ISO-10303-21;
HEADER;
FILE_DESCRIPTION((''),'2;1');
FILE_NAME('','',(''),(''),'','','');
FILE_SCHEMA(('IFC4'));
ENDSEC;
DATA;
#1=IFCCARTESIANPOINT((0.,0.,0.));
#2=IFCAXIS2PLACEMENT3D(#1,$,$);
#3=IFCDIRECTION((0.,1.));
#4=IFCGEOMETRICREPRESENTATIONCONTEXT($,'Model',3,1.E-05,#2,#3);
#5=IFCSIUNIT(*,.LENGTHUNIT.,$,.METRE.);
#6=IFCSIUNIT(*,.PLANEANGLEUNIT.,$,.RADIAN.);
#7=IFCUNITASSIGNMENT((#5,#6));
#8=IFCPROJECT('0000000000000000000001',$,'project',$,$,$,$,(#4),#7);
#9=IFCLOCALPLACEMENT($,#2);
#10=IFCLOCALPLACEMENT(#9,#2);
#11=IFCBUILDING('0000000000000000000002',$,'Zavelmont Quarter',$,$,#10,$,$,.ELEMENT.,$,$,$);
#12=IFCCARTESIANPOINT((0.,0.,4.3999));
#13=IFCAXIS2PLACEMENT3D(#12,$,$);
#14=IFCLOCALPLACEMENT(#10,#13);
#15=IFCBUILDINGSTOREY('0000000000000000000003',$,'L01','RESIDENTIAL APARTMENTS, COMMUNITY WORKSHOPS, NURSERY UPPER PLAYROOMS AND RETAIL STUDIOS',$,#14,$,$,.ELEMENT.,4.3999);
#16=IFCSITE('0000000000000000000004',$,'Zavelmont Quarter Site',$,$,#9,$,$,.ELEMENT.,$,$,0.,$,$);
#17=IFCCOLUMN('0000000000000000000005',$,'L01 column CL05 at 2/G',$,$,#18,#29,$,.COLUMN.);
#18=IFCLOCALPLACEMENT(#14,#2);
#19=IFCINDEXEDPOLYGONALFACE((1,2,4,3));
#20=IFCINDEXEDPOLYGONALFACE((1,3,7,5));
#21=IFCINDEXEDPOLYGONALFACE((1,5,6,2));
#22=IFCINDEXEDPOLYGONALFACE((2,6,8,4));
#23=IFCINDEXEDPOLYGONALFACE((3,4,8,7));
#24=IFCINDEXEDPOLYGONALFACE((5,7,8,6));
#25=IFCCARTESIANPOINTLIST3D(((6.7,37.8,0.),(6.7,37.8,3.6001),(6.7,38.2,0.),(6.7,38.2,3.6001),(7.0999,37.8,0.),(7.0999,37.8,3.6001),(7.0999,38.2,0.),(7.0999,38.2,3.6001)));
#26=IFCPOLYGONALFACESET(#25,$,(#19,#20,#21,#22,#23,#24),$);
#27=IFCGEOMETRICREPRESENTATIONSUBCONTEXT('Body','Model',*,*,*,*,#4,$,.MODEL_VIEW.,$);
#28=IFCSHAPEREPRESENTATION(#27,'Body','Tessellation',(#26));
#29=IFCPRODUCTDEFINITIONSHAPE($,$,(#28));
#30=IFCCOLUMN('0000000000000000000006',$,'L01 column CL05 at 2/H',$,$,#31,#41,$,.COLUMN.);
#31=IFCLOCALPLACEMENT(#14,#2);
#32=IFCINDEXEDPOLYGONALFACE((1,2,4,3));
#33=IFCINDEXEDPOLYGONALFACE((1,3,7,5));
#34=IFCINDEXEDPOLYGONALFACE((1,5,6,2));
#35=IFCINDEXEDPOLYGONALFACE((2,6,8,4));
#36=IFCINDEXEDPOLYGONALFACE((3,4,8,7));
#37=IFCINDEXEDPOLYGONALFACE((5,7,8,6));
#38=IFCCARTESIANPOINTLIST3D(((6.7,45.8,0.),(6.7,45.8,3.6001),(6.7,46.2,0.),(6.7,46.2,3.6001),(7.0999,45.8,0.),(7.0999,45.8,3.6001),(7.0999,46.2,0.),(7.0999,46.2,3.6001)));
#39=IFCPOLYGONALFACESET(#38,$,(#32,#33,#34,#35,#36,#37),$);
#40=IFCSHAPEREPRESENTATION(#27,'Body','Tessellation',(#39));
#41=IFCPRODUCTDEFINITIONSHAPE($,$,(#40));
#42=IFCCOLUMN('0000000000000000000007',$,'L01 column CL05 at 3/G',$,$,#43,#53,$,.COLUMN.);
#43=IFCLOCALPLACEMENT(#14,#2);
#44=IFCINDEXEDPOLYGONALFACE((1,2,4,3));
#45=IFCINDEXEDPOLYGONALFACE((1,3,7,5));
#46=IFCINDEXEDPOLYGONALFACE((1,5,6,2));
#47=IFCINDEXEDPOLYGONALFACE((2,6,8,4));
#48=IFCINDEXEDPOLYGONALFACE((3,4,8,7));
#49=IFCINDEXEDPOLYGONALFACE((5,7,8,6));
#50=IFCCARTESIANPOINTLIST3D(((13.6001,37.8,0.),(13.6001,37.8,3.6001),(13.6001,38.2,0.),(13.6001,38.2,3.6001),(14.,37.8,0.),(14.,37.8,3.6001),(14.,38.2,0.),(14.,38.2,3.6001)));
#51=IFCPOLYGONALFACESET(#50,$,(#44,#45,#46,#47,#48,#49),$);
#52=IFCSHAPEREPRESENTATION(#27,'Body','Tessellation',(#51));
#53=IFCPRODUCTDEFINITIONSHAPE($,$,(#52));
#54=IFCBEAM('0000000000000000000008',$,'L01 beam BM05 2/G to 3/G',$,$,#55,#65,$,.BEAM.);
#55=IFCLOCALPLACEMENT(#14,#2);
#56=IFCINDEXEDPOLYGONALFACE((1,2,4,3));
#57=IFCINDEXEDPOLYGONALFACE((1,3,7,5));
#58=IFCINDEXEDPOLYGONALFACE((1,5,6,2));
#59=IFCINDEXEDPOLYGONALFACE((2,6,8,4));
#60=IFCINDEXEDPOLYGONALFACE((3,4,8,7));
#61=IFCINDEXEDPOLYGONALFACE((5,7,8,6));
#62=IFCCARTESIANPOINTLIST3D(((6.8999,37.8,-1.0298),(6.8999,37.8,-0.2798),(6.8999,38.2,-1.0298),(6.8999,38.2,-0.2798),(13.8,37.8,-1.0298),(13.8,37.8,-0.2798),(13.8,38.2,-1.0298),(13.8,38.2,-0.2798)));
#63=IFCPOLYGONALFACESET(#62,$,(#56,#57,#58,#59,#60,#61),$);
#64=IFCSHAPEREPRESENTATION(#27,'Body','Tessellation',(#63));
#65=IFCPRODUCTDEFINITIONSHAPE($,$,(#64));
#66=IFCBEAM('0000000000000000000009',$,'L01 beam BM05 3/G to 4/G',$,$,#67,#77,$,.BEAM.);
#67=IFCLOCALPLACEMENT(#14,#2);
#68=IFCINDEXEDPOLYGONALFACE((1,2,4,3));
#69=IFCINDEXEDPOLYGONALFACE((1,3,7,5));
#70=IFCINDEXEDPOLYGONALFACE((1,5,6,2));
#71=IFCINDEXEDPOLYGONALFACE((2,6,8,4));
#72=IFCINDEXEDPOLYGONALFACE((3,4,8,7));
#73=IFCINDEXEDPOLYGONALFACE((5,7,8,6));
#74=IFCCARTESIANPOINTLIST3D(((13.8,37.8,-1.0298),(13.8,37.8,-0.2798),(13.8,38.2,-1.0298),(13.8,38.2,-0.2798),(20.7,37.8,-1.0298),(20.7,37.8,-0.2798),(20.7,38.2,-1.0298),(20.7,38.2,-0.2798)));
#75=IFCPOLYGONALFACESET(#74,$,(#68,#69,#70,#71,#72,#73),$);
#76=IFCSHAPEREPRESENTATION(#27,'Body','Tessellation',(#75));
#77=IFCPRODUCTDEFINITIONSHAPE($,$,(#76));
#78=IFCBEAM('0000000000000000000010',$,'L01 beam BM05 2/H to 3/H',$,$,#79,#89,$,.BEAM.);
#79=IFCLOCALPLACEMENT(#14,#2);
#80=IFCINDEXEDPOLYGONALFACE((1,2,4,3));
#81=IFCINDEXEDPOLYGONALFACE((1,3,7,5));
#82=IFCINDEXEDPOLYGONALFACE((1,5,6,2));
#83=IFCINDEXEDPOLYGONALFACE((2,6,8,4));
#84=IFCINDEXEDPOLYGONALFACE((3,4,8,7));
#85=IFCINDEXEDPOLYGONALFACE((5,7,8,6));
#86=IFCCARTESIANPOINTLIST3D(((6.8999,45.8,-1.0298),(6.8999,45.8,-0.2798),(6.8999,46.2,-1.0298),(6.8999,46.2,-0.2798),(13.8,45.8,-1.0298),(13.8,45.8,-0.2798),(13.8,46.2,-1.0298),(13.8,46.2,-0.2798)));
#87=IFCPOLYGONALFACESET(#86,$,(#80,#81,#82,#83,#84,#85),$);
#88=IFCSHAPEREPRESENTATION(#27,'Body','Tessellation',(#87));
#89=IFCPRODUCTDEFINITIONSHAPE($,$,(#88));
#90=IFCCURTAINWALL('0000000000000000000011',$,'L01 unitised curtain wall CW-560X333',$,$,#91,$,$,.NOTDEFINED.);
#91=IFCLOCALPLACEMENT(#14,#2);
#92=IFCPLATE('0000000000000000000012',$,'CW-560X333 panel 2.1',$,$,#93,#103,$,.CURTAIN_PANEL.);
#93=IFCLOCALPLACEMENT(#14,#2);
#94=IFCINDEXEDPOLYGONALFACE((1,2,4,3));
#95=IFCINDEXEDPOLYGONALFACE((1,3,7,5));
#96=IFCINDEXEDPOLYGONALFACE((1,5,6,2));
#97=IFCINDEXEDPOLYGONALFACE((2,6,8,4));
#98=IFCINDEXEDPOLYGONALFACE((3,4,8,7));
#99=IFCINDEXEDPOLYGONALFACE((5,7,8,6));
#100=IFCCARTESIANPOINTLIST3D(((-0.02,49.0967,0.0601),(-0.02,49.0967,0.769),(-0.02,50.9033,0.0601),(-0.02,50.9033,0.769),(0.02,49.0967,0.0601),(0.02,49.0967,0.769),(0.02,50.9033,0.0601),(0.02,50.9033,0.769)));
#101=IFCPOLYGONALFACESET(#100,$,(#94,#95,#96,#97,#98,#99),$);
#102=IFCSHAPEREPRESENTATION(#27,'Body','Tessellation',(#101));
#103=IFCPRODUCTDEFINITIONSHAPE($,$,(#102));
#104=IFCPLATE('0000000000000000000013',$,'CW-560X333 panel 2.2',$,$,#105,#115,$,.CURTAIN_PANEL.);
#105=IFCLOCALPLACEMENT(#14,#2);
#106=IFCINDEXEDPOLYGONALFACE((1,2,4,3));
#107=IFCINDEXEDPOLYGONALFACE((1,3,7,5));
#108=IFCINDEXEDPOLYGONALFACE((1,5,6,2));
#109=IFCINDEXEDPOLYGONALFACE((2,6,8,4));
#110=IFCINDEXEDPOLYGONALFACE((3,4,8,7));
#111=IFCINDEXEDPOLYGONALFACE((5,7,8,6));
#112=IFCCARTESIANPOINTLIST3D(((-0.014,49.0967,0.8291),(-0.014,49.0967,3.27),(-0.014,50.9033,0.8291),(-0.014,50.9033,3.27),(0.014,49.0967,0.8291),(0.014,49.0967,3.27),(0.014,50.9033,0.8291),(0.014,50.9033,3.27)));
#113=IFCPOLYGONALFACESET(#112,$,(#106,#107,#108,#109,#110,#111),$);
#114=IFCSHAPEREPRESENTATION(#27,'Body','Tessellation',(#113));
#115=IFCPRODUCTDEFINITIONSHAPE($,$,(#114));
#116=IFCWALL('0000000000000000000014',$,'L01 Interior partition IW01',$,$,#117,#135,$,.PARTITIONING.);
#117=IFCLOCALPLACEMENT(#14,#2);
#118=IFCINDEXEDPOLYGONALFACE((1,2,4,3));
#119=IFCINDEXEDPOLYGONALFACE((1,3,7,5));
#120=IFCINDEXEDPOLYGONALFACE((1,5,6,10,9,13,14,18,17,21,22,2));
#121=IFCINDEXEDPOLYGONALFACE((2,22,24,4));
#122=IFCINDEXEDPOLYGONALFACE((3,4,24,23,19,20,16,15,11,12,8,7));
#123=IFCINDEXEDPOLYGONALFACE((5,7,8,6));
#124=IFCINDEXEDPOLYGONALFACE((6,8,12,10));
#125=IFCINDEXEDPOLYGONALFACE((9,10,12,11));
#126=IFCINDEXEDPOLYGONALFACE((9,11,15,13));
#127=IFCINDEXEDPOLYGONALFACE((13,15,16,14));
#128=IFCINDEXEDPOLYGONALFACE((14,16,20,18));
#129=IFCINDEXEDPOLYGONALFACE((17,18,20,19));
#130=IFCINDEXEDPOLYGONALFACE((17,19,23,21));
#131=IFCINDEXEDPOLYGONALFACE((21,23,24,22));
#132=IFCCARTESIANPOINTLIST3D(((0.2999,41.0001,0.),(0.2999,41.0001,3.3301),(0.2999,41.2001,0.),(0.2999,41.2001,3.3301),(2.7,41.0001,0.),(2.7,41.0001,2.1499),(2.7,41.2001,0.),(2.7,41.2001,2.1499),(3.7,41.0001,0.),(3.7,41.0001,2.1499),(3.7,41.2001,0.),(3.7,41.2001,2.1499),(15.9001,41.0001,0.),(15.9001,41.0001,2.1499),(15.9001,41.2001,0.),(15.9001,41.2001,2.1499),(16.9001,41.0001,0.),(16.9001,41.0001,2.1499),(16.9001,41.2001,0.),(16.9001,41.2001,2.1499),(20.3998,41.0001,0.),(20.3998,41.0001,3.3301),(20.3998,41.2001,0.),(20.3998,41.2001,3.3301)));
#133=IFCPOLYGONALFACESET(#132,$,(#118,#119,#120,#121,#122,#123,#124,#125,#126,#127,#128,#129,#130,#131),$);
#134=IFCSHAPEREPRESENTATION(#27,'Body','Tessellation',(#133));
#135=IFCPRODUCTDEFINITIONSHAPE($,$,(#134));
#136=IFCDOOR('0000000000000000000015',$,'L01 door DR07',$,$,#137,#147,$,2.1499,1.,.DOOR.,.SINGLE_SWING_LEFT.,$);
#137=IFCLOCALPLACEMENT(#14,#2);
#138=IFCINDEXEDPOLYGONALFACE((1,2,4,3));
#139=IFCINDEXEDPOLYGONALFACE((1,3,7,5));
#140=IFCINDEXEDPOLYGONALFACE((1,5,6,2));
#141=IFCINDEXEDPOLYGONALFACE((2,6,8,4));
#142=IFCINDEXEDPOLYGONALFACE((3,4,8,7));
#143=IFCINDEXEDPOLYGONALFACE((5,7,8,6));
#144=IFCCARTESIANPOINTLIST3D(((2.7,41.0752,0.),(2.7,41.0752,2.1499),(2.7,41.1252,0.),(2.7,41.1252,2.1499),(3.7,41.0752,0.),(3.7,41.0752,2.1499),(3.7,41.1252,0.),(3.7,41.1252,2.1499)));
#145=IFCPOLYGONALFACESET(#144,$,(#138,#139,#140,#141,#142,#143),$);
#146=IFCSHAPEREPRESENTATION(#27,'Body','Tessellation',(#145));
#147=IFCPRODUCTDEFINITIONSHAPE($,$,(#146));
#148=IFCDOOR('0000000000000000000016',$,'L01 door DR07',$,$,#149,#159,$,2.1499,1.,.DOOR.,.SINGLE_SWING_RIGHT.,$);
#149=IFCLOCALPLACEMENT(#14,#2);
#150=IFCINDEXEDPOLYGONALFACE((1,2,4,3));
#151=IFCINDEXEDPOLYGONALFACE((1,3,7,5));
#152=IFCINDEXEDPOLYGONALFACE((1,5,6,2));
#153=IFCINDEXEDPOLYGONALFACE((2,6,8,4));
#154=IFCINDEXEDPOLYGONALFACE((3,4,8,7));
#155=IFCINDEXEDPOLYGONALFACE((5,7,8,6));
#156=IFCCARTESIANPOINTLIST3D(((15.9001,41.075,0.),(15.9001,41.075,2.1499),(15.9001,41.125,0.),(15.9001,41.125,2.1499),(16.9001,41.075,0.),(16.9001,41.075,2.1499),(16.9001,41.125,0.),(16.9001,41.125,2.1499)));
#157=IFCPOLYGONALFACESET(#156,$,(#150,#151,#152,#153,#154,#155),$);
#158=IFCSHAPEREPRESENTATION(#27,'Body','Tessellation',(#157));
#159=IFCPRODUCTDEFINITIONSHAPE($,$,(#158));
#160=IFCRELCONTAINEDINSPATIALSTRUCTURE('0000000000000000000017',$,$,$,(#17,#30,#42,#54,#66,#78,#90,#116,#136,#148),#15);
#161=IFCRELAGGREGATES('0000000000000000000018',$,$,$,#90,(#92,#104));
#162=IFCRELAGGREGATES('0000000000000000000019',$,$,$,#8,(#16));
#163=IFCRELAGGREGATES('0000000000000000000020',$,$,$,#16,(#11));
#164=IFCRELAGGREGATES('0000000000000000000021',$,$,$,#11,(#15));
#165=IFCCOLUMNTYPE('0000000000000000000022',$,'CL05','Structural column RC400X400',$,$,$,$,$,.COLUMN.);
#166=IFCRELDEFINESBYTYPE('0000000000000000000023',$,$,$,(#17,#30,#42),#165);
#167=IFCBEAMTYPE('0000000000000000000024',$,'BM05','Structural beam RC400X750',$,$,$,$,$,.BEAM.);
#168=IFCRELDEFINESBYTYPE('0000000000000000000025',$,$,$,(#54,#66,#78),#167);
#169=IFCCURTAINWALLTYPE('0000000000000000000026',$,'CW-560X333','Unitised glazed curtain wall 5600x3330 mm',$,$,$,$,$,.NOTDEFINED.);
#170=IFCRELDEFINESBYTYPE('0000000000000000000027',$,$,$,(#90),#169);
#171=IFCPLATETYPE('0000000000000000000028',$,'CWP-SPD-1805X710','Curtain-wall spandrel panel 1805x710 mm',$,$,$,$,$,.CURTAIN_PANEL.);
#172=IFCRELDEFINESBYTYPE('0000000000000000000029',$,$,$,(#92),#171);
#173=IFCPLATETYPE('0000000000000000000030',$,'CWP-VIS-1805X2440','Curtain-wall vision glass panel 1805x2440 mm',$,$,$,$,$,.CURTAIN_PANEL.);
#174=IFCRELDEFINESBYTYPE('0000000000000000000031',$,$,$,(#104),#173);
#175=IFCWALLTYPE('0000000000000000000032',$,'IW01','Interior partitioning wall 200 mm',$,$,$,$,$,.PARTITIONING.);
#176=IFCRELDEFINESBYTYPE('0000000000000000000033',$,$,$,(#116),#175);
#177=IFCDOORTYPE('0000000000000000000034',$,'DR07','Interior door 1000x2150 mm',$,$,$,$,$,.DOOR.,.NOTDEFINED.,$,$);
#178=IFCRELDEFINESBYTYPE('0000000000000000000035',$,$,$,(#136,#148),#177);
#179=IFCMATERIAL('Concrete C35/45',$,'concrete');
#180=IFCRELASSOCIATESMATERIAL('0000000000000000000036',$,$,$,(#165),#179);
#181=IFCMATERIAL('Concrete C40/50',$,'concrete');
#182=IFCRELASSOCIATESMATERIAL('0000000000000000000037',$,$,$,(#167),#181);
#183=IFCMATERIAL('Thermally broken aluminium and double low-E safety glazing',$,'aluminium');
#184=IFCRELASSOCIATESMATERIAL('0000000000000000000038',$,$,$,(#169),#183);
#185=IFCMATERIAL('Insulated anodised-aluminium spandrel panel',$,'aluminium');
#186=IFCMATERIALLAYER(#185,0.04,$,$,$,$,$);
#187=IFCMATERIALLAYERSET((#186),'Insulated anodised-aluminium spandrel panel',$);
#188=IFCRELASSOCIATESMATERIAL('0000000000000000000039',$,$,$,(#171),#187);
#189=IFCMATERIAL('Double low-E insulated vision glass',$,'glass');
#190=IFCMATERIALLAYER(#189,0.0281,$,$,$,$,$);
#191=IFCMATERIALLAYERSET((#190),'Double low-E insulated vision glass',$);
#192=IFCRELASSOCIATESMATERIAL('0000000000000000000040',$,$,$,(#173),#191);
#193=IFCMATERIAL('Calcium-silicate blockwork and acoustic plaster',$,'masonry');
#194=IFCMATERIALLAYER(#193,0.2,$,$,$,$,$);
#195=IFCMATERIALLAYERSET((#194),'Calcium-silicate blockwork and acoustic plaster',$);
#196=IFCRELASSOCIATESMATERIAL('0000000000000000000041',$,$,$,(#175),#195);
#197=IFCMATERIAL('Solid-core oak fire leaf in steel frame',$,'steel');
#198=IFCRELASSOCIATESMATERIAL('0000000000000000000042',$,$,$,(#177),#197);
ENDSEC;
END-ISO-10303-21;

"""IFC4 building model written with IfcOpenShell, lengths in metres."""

from ifc_helpers import new_model, si_unit, direction, frame, frame_2d, origin, origin_with_axes, origin_2d, place, context, subcontext, project, spatial, rectangle, extrude, material, layer, layer_set, material_profile, profile_set, type_object, element, fill, aggregate, save


model = new_model("IFC4")

# Units and contexts
model_context = context("Model", 3, precision=1e-05, world=origin(), true_north=direction((0.0, 1.0)))
body_context = subcontext(model_context, "Body", "Model", "MODEL_VIEW")
ifc_project = project(units=[si_unit("LENGTHUNIT", "METRE"), si_unit("PLANEANGLEUNIT", "RADIAN")], contexts=[model_context])

# Site, building, storey
site_placement = place(None, origin())
site = spatial("IfcSite", under=ifc_project, at=site_placement, Name="Zavelmont Quarter Site", CompositionType="ELEMENT", RefElevation=0.0)
building_placement = place(site_placement, origin())
building = spatial("IfcBuilding", under=site, at=building_placement, Name="Zavelmont Quarter", CompositionType="ELEMENT")
storey_placement = place(building_placement, frame((0.0, 0.0, 4.3999)))
storey = spatial("IfcBuildingStorey", under=building, at=storey_placement, Name="L01", Description="RESIDENTIAL APARTMENTS, COMMUNITY WORKSHOPS, NURSERY UPPER PLAYROOMS AND RETAIL STUDIOS", CompositionType="ELEMENT", Elevation=4.3999)

# Columns
ifc_material_1 = material(Name="Concrete C35/45", Category="concrete")
ifc_material_profile_1 = material_profile(ifc_material_1, rectangle(XDim=0.3999, YDim=0.3999, at=origin_2d()), Name="RC400X400")
ifc_profile_set_1 = profile_set([ifc_material_profile_1], Name="Concrete C35/45")
column_type = type_object("IfcColumnType", Name="CL05", Description="Structural column RC400X400", PredefinedType="COLUMN", material=ifc_profile_set_1)
for number, where, z_axis, x_axis, name in (
    (1, (6.8999, 38.0, 0.0), (0.0, 0.0, 1.0), (1.0, 0.0, 0.0), "L01 column CL05 at 2/G"),
    (2, (6.8999, 46.0, 0.0), (0.0, 0.0, 1.0), (1.0, 0.0, 0.0), "L01 column CL05 at 2/H"),
    (3, (13.8, 38.0, 0.0), (0.0, 0.0, 1.0), (1.0, 0.0, 0.0), "L01 column CL05 at 3/G"),
):
    element("IfcColumn", number, at=place(storey_placement, frame(where, z_axis=z_axis, x_axis=x_axis)), inside=storey, type_object=column_type, Name=name, PredefinedType="COLUMN", context=body_context, shape_type="SweptSolid", body=[
        extrude(rectangle(XDim=0.3999, YDim=0.3999, at=origin_2d()), origin(), (0.0, 0.0, 1.0), 3.6001),
    ])

# Beams
ifc_material_2 = material(Name="Concrete C40/50", Category="concrete")
ifc_material_profile_2 = material_profile(ifc_material_2, rectangle(XDim=0.3999, YDim=0.75, at=origin_2d()), Name="RC400X750")
ifc_profile_set_2 = profile_set([ifc_material_profile_2], Name="Concrete C40/50")
beam_type = type_object("IfcBeamType", Name="BM05", Description="Structural beam RC400X750", PredefinedType="BEAM", material=ifc_profile_set_2)
beam_1_placement = place(storey_placement, frame((6.8999, 38.0, -0.6548), z_axis=(1.0, 0.0, 0.0), x_axis=(0.0, 1.0, 0.0)))
element("IfcBeam", 4, at=beam_1_placement, inside=storey, type_object=beam_type, Name="L01 beam BM05 2/G to 3/G", PredefinedType="BEAM", context=body_context, shape_type="SweptSolid", body=[
    extrude(rectangle(XDim=0.3999, YDim=0.75, at=origin_2d()), origin(), (0.0, 0.0, 1.0), 6.9001),
])
beam_2_placement = place(storey_placement, frame((13.8, 38.0, -0.6548), z_axis=(1.0, 0.0, 0.0), x_axis=(0.0, 1.0, 0.0)))
element("IfcBeam", 5, at=beam_2_placement, inside=storey, type_object=beam_type, Name="L01 beam BM05 3/G to 4/G", PredefinedType="BEAM", context=body_context, shape_type="SweptSolid", body=[
    extrude(rectangle(XDim=0.3999, YDim=0.75, at=origin_2d()), origin(), (0.0, 0.0, 1.0), 6.8999),
])
beam_3_placement = place(storey_placement, frame((6.8999, 46.0, -0.6548), z_axis=(1.0, 0.0, 0.0), x_axis=(0.0, 1.0, 0.0)))
element("IfcBeam", 6, at=beam_3_placement, inside=storey, type_object=beam_type, Name="L01 beam BM05 2/H to 3/H", PredefinedType="BEAM", context=body_context, shape_type="SweptSolid", body=[
    extrude(rectangle(XDim=0.3999, YDim=0.75, at=origin_2d()), origin(), (0.0, 0.0, 1.0), 6.9001),
])

# Curtain wall, plates
ifc_material_3 = material(Name="Thermally broken aluminium and double low-E safety glazing", Category="aluminium")
curtain_wall_type = type_object("IfcCurtainWallType", Name="CW-560X333", Description="Unitised glazed curtain wall 5600x3330 mm", PredefinedType="NOTDEFINED", material=ifc_material_3)
curtain_wall_placement = place(storey_placement, origin())
curtain_wall = element("IfcCurtainWall", 7, at=curtain_wall_placement, inside=storey, type_object=curtain_wall_type, Name="L01 unitised curtain wall CW-560X333", PredefinedType="NOTDEFINED")
ifc_material_4 = material(Name="Insulated anodised-aluminium spandrel panel", Category="aluminium")
ifc_layer_1 = layer(ifc_material_4, 0.04)
ifc_layer_set_1 = layer_set([ifc_layer_1], Name="Insulated anodised-aluminium spandrel panel")
plate_type_1 = type_object("IfcPlateType", Name="CWP-SPD-1805X710", Description="Curtain-wall spandrel panel 1805x710 mm", PredefinedType="CURTAIN_PANEL", material=ifc_layer_set_1)
plate_1_placement = place(storey_placement, frame((0.0, 50.0, 0.0601), z_axis=(0.0, 0.0, 1.0), x_axis=(0.0, 1.0, 0.0)))
plate_1 = element("IfcPlate", 8, at=plate_1_placement, type_object=plate_type_1, Name="CW-560X333 panel 2.1", PredefinedType="CURTAIN_PANEL", context=body_context, shape_type="SweptSolid", body=[
    extrude(rectangle(XDim=1.8066, YDim=0.04, at=origin_2d()), origin(), (0.0, 0.0, 1.0), 0.709),
])
ifc_material_5 = material(Name="Double low-E insulated vision glass", Category="glass")
ifc_layer_2 = layer(ifc_material_5, 0.0281)
ifc_layer_set_2 = layer_set([ifc_layer_2], Name="Double low-E insulated vision glass")
plate_type_2 = type_object("IfcPlateType", Name="CWP-VIS-1805X2440", Description="Curtain-wall vision glass panel 1805x2440 mm", PredefinedType="CURTAIN_PANEL", material=ifc_layer_set_2)
plate_2_placement = place(storey_placement, frame((0.0, 50.0, 0.8291), z_axis=(0.0, 0.0, 1.0), x_axis=(0.0, 1.0, 0.0)))
plate_2 = element("IfcPlate", 9, at=plate_2_placement, type_object=plate_type_2, Name="CW-560X333 panel 2.2", PredefinedType="CURTAIN_PANEL", context=body_context, shape_type="SweptSolid", body=[
    extrude(rectangle(XDim=1.8066, YDim=0.0281, at=origin_2d()), origin(), (0.0, 0.0, 1.0), 2.4409),
])
aggregate(curtain_wall, [plate_1, plate_2])

# Wall, openings, doors
ifc_material_6 = material(Name="Calcium-silicate blockwork and acoustic plaster", Category="masonry")
ifc_layer_3 = layer(ifc_material_6, 0.2)
ifc_layer_set_3 = layer_set([ifc_layer_3], Name="Calcium-silicate blockwork and acoustic plaster")
wall_type_1 = type_object("IfcWallType", Name="IW01", Description="Interior partitioning wall 200 mm", PredefinedType="PARTITIONING", material=ifc_layer_set_3)
wall_1_placement = place(storey_placement, frame((0.3, 41.1001, 0.0), z_axis=(0.0, 0.0, 1.0), x_axis=(1.0, 0.0, 0.0)))
wall_1 = element("IfcWall", 10, at=wall_1_placement, inside=storey, type_object=wall_type_1, Name="L01 Interior partition IW01", PredefinedType="PARTITIONING", context=body_context, shape_type="SweptSolid", body=[
    extrude(rectangle(XDim=20.0999, YDim=0.2, at=frame_2d((10.0498, 0.0))), origin(), (0.0, 0.0, 1.0), 3.3301),
])
opening_1_placement = place(wall_1_placement, frame((2.3999, 0.0, 0.0)))
opening_1 = element("IfcOpeningElement", 11, at=opening_1_placement, cuts=wall_1, PredefinedType="OPENING", context=body_context, shape_type="SweptSolid", body=[
    extrude(rectangle(XDim=1.0, YDim=2.1499, at=frame_2d((0.5, 1.075))), frame((0.0, 0.1118, 0.0), z_axis=(0.0, -1.0, 0.0), x_axis=(1.0, 0.0, 0.0)), (0.0, 0.0, 1.0), 0.2239),
])
opening_2_placement = place(wall_1_placement, frame((15.6001, 0.0, 0.0)))
opening_2 = element("IfcOpeningElement", 12, at=opening_2_placement, cuts=wall_1, PredefinedType="OPENING", context=body_context, shape_type="SweptSolid", body=[
    extrude(rectangle(XDim=1.0, YDim=2.1499, at=frame_2d((0.5, 1.075))), frame((0.0, 0.1118, 0.0), z_axis=(0.0, -1.0, 0.0), x_axis=(1.0, 0.0, 0.0)), (0.0, 0.0, 1.0), 0.2239),
])
ifc_material_7 = material(Name="Solid-core oak fire leaf in steel frame", Category="steel")
door_type_1 = type_object("IfcDoorType", Name="DR07", Description="Interior door 1000x2150 mm", OperationType="NOTDEFINED", PredefinedType="DOOR", material=ifc_material_7)
door_1_placement = place(opening_1_placement, frame((1.0, 0.0, 0.0), z_axis=(0.0, 0.0, 1.0), x_axis=(-1.0, 0.0, 0.0)))
door_1 = element("IfcDoor", 13, at=door_1_placement, inside=storey, type_object=door_type_1, Name="L01 door DR07", OperationType="SINGLE_SWING_LEFT", OverallHeight=2.1499, OverallWidth=1.0, PredefinedType="DOOR", context=body_context, shape_type="SweptSolid", body=[
    extrude(rectangle(XDim=1.0, YDim=2.1499, at=frame_2d((0.5, 1.075))), frame((0.0, 0.0249, 0.0), z_axis=(0.0, -1.0, 0.0), x_axis=(1.0, 0.0, 0.0)), (0.0, 0.0, 1.0), 0.05),
])
fill(opening_1, door_1)
door_2_placement = place(opening_2_placement, origin_with_axes())
door_2 = element("IfcDoor", 14, at=door_2_placement, inside=storey, type_object=door_type_1, Name="L01 door DR07", OperationType="SINGLE_SWING_RIGHT", OverallHeight=2.1499, OverallWidth=1.0, PredefinedType="DOOR", context=body_context, shape_type="SweptSolid", body=[
    extrude(rectangle(XDim=1.0, YDim=2.1499, at=frame_2d((0.5, 1.075))), frame((0.0, 0.0249, 0.0), z_axis=(0.0, -1.0, 0.0), x_axis=(1.0, 0.0, 0.0)), (0.0, 0.0, 1.0), 0.05),
])
fill(opening_2, door_2)

save(model, "model.ifc")
